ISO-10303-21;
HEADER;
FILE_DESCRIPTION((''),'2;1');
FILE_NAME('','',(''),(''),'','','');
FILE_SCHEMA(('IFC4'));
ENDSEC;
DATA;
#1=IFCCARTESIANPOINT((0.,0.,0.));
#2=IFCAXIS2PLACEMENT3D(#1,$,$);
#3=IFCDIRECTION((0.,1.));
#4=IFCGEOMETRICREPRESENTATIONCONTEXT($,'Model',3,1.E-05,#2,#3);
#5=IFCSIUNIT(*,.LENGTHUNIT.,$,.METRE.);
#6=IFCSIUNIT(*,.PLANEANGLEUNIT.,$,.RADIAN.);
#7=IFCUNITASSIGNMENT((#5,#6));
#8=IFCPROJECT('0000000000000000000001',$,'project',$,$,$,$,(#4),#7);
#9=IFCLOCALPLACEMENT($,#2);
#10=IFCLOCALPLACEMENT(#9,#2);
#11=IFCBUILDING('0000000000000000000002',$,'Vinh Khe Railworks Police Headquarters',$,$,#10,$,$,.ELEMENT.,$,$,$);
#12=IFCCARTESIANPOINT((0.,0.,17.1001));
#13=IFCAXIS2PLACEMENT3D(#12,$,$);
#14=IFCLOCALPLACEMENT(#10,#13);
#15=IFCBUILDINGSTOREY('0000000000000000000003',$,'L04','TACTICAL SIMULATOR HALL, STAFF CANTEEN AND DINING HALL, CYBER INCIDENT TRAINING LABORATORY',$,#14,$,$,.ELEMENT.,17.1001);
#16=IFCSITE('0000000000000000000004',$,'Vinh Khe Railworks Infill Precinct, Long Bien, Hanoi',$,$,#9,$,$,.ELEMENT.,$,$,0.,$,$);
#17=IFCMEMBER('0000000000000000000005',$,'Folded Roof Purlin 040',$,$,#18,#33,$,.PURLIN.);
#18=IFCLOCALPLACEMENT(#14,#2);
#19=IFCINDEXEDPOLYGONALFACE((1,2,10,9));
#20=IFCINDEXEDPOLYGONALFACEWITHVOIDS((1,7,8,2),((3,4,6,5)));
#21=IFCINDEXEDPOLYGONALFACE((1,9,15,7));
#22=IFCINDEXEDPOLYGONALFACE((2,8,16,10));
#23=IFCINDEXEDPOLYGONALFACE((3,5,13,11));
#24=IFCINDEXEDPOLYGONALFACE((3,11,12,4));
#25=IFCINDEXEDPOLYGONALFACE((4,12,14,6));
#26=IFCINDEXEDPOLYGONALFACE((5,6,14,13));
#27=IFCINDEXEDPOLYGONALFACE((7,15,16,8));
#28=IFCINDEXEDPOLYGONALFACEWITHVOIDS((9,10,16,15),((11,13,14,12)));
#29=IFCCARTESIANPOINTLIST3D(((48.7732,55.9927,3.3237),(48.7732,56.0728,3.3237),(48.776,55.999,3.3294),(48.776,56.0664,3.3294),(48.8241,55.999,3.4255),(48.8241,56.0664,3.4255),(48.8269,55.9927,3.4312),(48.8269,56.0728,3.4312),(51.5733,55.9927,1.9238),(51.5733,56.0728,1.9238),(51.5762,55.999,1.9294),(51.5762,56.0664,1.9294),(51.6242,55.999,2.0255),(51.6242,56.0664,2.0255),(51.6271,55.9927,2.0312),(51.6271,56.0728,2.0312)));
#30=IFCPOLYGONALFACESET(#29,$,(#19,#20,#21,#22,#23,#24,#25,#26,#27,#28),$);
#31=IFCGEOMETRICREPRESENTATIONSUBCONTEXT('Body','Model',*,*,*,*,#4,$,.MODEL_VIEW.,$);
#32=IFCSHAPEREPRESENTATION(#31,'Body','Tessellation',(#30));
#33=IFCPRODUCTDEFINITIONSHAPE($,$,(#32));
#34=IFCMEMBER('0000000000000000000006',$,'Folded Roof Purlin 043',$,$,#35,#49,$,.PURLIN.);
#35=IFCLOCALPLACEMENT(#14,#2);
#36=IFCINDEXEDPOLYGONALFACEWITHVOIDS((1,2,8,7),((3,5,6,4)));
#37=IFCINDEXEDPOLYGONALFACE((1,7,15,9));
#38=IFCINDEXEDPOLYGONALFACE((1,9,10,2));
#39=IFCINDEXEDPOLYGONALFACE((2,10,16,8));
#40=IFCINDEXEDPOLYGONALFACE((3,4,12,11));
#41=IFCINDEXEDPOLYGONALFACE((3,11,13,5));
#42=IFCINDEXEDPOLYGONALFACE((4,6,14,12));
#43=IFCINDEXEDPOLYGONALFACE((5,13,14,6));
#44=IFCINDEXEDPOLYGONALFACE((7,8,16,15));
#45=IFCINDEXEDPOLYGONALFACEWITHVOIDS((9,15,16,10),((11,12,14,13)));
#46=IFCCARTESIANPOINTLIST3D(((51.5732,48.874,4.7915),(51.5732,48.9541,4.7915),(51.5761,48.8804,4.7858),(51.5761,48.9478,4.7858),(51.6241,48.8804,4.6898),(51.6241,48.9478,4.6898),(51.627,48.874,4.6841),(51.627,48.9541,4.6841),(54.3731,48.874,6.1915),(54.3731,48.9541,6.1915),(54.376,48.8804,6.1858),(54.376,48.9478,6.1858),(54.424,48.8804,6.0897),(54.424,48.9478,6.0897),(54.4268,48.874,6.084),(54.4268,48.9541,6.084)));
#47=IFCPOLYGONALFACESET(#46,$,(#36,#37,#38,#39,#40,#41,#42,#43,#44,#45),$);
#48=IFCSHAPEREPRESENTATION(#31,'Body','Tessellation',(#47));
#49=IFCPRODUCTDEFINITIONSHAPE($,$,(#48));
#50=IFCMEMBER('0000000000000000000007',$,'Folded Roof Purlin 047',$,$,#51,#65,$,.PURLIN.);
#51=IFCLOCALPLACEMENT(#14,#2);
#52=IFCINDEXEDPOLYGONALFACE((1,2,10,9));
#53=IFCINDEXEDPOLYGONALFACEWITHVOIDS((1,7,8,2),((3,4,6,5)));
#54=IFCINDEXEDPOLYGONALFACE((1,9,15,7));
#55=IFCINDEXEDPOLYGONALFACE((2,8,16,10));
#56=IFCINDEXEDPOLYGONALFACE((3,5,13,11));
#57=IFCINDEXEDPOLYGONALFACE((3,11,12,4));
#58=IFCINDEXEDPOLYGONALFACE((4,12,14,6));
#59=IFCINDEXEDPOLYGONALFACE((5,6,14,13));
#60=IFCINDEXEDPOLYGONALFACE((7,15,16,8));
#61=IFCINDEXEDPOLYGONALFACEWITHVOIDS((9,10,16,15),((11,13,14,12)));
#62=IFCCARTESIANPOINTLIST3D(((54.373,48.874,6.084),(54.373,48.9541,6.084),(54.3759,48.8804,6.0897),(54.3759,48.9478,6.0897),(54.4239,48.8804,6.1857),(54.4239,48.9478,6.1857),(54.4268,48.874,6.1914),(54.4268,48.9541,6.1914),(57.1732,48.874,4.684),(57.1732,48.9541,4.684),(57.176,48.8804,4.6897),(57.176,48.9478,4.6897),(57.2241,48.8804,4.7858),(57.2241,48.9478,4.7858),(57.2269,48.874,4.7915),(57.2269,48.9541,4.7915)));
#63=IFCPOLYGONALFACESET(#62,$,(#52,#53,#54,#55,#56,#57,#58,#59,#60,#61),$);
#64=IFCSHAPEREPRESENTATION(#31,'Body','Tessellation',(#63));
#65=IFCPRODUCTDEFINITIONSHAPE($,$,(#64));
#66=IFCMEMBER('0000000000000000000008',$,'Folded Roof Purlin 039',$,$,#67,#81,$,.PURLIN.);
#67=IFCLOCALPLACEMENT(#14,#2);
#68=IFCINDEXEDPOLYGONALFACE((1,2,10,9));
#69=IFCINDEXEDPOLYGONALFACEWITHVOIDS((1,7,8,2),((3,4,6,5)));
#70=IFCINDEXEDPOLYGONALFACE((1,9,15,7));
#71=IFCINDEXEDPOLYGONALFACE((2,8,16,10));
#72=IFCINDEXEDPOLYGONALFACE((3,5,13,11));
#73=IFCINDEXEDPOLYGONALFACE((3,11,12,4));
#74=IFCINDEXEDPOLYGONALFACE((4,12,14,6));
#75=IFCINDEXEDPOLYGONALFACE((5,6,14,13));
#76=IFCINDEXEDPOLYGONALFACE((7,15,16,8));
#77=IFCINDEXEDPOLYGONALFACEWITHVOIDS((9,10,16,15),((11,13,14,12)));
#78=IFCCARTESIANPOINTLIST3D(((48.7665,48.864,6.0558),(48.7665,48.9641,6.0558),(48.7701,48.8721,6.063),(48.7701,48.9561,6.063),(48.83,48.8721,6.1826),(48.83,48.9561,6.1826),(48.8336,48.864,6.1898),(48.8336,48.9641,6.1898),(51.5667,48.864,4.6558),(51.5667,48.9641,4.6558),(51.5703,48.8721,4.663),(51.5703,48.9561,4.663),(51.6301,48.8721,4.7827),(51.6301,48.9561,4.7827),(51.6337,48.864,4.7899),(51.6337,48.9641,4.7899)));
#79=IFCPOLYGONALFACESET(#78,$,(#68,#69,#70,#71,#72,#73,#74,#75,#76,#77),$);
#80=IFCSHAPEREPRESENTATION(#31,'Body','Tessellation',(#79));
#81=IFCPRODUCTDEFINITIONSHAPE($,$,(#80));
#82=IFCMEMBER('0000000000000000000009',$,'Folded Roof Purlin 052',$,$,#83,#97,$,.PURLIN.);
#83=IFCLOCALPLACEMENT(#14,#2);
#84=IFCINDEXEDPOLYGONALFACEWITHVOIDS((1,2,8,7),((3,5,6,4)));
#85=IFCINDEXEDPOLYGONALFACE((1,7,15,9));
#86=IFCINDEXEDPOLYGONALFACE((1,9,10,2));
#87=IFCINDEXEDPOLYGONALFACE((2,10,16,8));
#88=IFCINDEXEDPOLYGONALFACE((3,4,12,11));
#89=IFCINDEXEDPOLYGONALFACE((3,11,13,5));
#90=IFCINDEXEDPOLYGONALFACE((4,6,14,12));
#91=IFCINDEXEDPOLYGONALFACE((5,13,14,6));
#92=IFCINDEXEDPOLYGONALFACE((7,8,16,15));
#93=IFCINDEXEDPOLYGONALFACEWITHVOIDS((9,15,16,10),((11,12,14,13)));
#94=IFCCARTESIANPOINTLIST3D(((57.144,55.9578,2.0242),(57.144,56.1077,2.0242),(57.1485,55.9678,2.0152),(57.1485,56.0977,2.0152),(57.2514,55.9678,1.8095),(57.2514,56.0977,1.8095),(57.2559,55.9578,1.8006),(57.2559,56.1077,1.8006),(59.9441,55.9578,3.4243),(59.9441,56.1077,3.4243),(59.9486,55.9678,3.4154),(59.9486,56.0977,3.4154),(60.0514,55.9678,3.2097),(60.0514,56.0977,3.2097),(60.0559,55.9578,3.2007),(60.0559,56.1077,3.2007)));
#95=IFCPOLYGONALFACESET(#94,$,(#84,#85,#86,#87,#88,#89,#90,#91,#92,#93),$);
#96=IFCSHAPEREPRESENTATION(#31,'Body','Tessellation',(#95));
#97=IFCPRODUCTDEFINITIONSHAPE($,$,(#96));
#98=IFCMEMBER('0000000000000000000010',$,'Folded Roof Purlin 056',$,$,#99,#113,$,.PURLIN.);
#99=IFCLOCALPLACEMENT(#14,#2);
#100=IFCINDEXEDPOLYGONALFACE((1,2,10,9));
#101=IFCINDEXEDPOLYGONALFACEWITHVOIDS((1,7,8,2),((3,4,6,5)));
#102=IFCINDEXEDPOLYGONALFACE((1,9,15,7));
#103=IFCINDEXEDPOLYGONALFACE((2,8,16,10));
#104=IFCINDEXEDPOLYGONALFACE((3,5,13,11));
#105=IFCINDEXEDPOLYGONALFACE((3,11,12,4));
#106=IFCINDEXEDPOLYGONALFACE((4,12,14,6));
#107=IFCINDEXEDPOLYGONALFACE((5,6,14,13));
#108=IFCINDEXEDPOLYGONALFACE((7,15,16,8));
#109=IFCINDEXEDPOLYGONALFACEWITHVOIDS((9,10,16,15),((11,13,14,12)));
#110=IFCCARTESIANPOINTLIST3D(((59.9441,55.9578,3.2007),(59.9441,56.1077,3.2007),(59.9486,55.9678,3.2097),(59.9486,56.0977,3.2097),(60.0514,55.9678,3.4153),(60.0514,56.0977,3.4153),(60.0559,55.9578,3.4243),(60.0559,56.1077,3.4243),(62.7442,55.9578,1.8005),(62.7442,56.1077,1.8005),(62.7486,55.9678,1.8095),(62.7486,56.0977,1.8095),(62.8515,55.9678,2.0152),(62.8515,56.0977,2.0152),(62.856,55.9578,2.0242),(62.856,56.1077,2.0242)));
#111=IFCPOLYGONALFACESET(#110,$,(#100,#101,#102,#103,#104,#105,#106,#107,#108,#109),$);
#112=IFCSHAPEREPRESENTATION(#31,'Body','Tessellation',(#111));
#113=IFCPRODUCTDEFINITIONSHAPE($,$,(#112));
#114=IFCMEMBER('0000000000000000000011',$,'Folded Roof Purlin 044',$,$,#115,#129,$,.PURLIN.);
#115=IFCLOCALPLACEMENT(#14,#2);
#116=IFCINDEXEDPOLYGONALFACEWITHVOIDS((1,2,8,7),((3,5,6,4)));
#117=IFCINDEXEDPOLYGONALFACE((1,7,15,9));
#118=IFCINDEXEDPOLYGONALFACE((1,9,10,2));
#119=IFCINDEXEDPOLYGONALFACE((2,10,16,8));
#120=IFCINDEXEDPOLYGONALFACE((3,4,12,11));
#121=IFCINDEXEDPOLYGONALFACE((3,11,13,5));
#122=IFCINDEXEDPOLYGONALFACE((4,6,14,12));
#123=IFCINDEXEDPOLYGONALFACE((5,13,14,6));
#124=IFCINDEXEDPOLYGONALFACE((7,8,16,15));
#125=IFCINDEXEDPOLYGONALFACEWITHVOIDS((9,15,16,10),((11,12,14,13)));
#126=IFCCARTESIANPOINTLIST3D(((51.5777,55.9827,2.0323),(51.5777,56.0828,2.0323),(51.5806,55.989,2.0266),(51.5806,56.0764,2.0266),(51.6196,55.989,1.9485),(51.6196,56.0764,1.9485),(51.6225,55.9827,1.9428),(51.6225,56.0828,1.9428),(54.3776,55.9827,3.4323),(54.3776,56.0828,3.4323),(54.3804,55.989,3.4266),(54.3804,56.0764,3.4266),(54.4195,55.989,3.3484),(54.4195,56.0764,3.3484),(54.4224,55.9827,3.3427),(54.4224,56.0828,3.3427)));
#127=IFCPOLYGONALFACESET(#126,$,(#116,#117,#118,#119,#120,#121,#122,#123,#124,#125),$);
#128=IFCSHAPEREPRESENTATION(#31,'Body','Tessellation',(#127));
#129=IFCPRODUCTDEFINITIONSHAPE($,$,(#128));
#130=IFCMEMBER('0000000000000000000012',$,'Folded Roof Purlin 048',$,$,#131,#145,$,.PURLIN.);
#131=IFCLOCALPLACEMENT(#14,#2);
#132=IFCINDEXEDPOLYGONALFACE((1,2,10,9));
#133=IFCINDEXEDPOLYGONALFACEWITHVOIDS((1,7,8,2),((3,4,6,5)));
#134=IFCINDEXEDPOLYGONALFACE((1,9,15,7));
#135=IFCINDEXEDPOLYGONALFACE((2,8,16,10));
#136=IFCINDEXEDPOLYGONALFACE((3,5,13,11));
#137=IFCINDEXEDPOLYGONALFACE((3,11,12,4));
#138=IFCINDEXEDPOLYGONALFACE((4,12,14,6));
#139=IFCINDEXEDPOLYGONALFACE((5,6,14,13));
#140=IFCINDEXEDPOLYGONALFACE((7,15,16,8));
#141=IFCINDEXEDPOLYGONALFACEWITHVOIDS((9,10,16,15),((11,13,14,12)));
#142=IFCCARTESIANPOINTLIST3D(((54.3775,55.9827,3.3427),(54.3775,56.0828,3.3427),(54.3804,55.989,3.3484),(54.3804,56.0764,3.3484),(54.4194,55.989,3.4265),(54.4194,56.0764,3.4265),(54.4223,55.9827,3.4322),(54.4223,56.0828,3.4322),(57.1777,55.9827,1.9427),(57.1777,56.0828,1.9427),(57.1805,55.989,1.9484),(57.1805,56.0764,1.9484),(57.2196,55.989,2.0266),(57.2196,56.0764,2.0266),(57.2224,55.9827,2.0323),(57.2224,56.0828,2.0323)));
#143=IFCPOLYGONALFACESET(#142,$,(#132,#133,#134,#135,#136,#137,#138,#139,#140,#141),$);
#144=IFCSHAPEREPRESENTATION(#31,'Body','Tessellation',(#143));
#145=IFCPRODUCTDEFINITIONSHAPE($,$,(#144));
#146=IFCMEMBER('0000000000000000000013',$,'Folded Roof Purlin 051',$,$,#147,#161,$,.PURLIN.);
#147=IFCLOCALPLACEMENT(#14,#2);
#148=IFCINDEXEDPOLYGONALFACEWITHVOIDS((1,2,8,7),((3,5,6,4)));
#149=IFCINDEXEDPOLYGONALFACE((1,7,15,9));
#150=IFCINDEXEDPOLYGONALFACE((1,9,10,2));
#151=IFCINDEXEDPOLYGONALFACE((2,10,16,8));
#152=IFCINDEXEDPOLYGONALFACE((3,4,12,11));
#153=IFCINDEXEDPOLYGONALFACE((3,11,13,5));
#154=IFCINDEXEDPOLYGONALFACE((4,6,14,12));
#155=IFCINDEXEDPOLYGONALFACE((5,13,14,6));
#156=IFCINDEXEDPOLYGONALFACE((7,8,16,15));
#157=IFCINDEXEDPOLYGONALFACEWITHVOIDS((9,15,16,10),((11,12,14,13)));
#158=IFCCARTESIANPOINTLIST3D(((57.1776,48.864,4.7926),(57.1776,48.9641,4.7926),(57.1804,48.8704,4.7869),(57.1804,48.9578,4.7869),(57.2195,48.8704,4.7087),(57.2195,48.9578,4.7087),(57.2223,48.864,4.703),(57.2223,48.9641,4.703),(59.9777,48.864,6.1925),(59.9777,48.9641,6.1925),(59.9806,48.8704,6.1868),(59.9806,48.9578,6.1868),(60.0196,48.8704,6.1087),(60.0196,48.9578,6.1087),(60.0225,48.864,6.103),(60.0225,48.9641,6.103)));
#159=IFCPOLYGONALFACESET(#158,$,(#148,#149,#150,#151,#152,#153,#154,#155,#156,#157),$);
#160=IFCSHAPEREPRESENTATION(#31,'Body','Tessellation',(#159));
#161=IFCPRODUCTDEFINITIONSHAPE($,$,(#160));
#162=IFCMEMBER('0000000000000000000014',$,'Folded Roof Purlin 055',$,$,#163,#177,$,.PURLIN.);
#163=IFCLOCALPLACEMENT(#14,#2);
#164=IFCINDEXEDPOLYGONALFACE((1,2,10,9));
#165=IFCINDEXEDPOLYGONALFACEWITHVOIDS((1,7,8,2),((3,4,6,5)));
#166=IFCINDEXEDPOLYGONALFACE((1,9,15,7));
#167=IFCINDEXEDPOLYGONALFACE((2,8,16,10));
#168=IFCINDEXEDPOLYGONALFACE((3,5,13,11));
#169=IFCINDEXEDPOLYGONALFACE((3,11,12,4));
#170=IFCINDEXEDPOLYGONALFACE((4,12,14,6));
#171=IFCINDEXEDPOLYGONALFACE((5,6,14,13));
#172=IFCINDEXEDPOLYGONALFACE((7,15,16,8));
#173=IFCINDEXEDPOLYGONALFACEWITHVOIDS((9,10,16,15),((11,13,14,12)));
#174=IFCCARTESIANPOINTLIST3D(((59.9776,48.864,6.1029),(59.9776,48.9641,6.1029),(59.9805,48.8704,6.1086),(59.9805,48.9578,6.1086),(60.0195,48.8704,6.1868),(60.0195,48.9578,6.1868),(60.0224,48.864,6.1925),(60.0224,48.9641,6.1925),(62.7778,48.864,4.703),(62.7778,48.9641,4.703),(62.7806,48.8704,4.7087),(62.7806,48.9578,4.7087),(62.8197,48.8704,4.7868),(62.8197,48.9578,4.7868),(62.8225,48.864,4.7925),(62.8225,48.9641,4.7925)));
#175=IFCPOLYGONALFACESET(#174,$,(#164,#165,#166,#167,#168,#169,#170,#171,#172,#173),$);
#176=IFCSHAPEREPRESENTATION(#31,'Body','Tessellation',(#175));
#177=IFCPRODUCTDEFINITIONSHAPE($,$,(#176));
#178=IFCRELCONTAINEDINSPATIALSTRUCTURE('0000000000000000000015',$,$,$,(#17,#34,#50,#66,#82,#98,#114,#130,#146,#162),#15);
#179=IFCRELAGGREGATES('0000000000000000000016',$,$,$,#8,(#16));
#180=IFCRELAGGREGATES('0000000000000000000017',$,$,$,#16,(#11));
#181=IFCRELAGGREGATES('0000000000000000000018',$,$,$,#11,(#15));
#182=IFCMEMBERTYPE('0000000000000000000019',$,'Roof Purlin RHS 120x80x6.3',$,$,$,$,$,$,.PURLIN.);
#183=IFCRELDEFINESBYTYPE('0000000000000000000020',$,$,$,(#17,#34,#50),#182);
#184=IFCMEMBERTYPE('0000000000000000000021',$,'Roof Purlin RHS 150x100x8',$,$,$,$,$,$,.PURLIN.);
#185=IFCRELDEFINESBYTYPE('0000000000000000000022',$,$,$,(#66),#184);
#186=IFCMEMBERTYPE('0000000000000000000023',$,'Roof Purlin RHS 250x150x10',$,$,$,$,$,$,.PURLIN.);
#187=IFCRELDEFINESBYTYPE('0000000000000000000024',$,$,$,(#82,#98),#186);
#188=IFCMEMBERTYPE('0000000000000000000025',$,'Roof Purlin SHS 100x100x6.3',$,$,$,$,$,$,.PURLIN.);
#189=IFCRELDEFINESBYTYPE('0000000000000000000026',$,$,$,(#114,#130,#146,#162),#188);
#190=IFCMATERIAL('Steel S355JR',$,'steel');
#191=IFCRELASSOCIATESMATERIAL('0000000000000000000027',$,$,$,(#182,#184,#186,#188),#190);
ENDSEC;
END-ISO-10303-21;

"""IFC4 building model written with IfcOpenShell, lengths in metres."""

from ifc_helpers import new_model, si_unit, direction, frame, origin, origin_2d, place, context, subcontext, project, spatial, hollow_rectangle, extrude, material, material_profile, profile_set, type_object, element, save


model = new_model("IFC4")

# Units and contexts
model_context = context("Model", 3, precision=1e-05, world=origin(), true_north=direction((0.0, 1.0)))
body_context = subcontext(model_context, "Body", "Model", "MODEL_VIEW")
ifc_project = project(units=[si_unit("LENGTHUNIT", "METRE"), si_unit("PLANEANGLEUNIT", "RADIAN")], contexts=[model_context])

# Site, building, storey
site_placement = place(None, origin())
site = spatial("IfcSite", under=ifc_project, at=site_placement, Name="Vinh Khe Railworks Infill Precinct, Long Bien, Hanoi", CompositionType="ELEMENT", RefElevation=0.0)
building_placement = place(site_placement, origin())
building = spatial("IfcBuilding", under=site, at=building_placement, Name="Vinh Khe Railworks Police Headquarters", CompositionType="ELEMENT")
storey_placement = place(building_placement, frame((0.0, 0.0, 17.1001)))
storey = spatial("IfcBuildingStorey", under=building, at=storey_placement, Name="L04", Description="TACTICAL SIMULATOR HALL, STAFF CANTEEN AND DINING HALL, CYBER INCIDENT TRAINING LABORATORY", CompositionType="ELEMENT", Elevation=17.1001)

# Members
ifc_material_1 = material(Name="Steel S355JR", Category="steel")
ifc_material_profile_1 = material_profile(ifc_material_1, hollow_rectangle(XDim=0.0801, YDim=0.1201, WallThickness=0.0063, at=origin_2d()), Name="RHS 120x80x6.3")
ifc_profile_set_1 = profile_set([ifc_material_profile_1], Name="Steel S355JR")
member_type_1 = type_object("IfcMemberType", Name="Roof Purlin RHS 120x80x6.3", PredefinedType="PURLIN", material=ifc_profile_set_1)
member_1_placement = place(storey_placement, frame((48.8, 56.0327, 3.3774), z_axis=(0.894443, 0.0, -0.447182), x_axis=(0.0, 1.0, 0.0)))
element("IfcMember", 1, at=member_1_placement, inside=storey, type_object=member_type_1, Name="Folded Roof Purlin 040", PredefinedType="PURLIN", context=body_context, shape_type="SweptSolid", body=[
    extrude(hollow_rectangle(XDim=0.0801, YDim=0.1201, WallThickness=0.0063, at=origin_2d()), origin(), (0.0, 0.0, 1.0), 3.1306),
])
member_2_placement = place(storey_placement, frame((51.6001, 48.9141, 4.7378), z_axis=(0.894427, 0.0, 0.447214), x_axis=(0.0, 1.0, 0.0)))
element("IfcMember", 2, at=member_2_placement, inside=storey, type_object=member_type_1, Name="Folded Roof Purlin 043", PredefinedType="PURLIN", context=body_context, shape_type="SweptSolid", body=[
    extrude(hollow_rectangle(XDim=0.0801, YDim=0.1201, WallThickness=0.0063, at=origin_2d()), origin(), (0.0, 0.0, 1.0), 3.1304),
])
member_3_placement = place(storey_placement, frame((54.3999, 48.9141, 6.1377), z_axis=(0.894443, 0.0, -0.447182), x_axis=(0.0, 1.0, 0.0)))
element("IfcMember", 3, at=member_3_placement, inside=storey, type_object=member_type_1, Name="Folded Roof Purlin 047", PredefinedType="PURLIN", context=body_context, shape_type="SweptSolid", body=[
    extrude(hollow_rectangle(XDim=0.0801, YDim=0.1201, WallThickness=0.0063, at=origin_2d()), origin(), (0.0, 0.0, 1.0), 3.1306),
])
ifc_material_profile_2 = material_profile(ifc_material_1, hollow_rectangle(XDim=0.1001, YDim=0.1499, WallThickness=0.0081, at=origin_2d()), Name="RHS 150x100x8")
ifc_profile_set_2 = profile_set([ifc_material_profile_2], Name="Steel S355JR")
member_type_2 = type_object("IfcMemberType", Name="Roof Purlin RHS 150x100x8", PredefinedType="PURLIN", material=ifc_profile_set_2)
member_4_placement = place(storey_placement, frame((48.8, 48.9141, 6.1228), z_axis=(0.894443, 0.0, -0.447182), x_axis=(0.0, 1.0, 0.0)))
element("IfcMember", 4, at=member_4_placement, inside=storey, type_object=member_type_2, Name="Folded Roof Purlin 039", PredefinedType="PURLIN", context=body_context, shape_type="SweptSolid", body=[
    extrude(hollow_rectangle(XDim=0.1001, YDim=0.1499, WallThickness=0.0081, at=origin_2d()), origin(), (0.0, 0.0, 1.0), 3.1306),
])
ifc_material_profile_3 = material_profile(ifc_material_1, hollow_rectangle(XDim=0.1499, YDim=0.25, WallThickness=0.01, at=origin_2d()), Name="RHS 250x150x10")
ifc_profile_set_3 = profile_set([ifc_material_profile_3], Name="Steel S355JR")
member_type_3 = type_object("IfcMemberType", Name="Roof Purlin RHS 250x150x10", PredefinedType="PURLIN", material=ifc_profile_set_3)
for number, where, z_axis, x_axis, name in (
    (5, (57.2, 56.0327, 1.9124), (0.894412, 0.0, 0.447245), (0.0, 1.0, 0.0), "Folded Roof Purlin 052"),
    (6, (60.0, 56.0327, 3.3125), (0.894412, 0.0, -0.447245), (0.0, 1.0, 0.0), "Folded Roof Purlin 056"),
):
    element("IfcMember", number, at=place(storey_placement, frame(where, z_axis=z_axis, x_axis=x_axis)), inside=storey, type_object=member_type_3, Name=name, PredefinedType="PURLIN", context=body_context, shape_type="SweptSolid", body=[
        extrude(hollow_rectangle(XDim=0.1499, YDim=0.25, WallThickness=0.01, at=origin_2d()), origin(), (0.0, 0.0, 1.0), 3.1306),
    ])
ifc_material_profile_4 = material_profile(ifc_material_1, hollow_rectangle(XDim=0.1001, YDim=0.1001, WallThickness=0.0063, at=origin_2d()), Name="SHS 100x100x6.3")
ifc_profile_set_4 = profile_set([ifc_material_profile_4], Name="Steel S355JR")
member_type_4 = type_object("IfcMemberType", Name="Roof Purlin SHS 100x100x6.3", PredefinedType="PURLIN", material=ifc_profile_set_4)
member_5_placement = place(storey_placement, frame((51.6001, 56.0327, 1.9875), z_axis=(0.894427, 0.0, 0.447214), x_axis=(0.0, 1.0, 0.0)))
element("IfcMember", 7, at=member_5_placement, inside=storey, type_object=member_type_4, Name="Folded Roof Purlin 044", PredefinedType="PURLIN", context=body_context, shape_type="SweptSolid", body=[
    extrude(hollow_rectangle(XDim=0.1001, YDim=0.1001, WallThickness=0.0063, at=origin_2d()), origin(), (0.0, 0.0, 1.0), 3.1304),
])
for number, where, z_axis, x_axis, name in (
    (8, (54.3999, 56.0327, 3.3875), (0.894443, 0.0, -0.447182), (0.0, 1.0, 0.0), "Folded Roof Purlin 048"),
    (9, (57.2, 48.9141, 4.7478), (0.894443, 0.0, 0.447182), (0.0, 1.0, 0.0), "Folded Roof Purlin 051"),
    (10, (60.0, 48.9141, 6.1477), (0.894443, 0.0, -0.447182), (0.0, 1.0, 0.0), "Folded Roof Purlin 055"),
):
    element("IfcMember", number, at=place(storey_placement, frame(where, z_axis=z_axis, x_axis=x_axis)), inside=storey, type_object=member_type_4, Name=name, PredefinedType="PURLIN", context=body_context, shape_type="SweptSolid", body=[
        extrude(hollow_rectangle(XDim=0.1001, YDim=0.1001, WallThickness=0.0063, at=origin_2d()), origin(), (0.0, 0.0, 1.0), 3.1306),
    ])

save(model, "model.ifc")
